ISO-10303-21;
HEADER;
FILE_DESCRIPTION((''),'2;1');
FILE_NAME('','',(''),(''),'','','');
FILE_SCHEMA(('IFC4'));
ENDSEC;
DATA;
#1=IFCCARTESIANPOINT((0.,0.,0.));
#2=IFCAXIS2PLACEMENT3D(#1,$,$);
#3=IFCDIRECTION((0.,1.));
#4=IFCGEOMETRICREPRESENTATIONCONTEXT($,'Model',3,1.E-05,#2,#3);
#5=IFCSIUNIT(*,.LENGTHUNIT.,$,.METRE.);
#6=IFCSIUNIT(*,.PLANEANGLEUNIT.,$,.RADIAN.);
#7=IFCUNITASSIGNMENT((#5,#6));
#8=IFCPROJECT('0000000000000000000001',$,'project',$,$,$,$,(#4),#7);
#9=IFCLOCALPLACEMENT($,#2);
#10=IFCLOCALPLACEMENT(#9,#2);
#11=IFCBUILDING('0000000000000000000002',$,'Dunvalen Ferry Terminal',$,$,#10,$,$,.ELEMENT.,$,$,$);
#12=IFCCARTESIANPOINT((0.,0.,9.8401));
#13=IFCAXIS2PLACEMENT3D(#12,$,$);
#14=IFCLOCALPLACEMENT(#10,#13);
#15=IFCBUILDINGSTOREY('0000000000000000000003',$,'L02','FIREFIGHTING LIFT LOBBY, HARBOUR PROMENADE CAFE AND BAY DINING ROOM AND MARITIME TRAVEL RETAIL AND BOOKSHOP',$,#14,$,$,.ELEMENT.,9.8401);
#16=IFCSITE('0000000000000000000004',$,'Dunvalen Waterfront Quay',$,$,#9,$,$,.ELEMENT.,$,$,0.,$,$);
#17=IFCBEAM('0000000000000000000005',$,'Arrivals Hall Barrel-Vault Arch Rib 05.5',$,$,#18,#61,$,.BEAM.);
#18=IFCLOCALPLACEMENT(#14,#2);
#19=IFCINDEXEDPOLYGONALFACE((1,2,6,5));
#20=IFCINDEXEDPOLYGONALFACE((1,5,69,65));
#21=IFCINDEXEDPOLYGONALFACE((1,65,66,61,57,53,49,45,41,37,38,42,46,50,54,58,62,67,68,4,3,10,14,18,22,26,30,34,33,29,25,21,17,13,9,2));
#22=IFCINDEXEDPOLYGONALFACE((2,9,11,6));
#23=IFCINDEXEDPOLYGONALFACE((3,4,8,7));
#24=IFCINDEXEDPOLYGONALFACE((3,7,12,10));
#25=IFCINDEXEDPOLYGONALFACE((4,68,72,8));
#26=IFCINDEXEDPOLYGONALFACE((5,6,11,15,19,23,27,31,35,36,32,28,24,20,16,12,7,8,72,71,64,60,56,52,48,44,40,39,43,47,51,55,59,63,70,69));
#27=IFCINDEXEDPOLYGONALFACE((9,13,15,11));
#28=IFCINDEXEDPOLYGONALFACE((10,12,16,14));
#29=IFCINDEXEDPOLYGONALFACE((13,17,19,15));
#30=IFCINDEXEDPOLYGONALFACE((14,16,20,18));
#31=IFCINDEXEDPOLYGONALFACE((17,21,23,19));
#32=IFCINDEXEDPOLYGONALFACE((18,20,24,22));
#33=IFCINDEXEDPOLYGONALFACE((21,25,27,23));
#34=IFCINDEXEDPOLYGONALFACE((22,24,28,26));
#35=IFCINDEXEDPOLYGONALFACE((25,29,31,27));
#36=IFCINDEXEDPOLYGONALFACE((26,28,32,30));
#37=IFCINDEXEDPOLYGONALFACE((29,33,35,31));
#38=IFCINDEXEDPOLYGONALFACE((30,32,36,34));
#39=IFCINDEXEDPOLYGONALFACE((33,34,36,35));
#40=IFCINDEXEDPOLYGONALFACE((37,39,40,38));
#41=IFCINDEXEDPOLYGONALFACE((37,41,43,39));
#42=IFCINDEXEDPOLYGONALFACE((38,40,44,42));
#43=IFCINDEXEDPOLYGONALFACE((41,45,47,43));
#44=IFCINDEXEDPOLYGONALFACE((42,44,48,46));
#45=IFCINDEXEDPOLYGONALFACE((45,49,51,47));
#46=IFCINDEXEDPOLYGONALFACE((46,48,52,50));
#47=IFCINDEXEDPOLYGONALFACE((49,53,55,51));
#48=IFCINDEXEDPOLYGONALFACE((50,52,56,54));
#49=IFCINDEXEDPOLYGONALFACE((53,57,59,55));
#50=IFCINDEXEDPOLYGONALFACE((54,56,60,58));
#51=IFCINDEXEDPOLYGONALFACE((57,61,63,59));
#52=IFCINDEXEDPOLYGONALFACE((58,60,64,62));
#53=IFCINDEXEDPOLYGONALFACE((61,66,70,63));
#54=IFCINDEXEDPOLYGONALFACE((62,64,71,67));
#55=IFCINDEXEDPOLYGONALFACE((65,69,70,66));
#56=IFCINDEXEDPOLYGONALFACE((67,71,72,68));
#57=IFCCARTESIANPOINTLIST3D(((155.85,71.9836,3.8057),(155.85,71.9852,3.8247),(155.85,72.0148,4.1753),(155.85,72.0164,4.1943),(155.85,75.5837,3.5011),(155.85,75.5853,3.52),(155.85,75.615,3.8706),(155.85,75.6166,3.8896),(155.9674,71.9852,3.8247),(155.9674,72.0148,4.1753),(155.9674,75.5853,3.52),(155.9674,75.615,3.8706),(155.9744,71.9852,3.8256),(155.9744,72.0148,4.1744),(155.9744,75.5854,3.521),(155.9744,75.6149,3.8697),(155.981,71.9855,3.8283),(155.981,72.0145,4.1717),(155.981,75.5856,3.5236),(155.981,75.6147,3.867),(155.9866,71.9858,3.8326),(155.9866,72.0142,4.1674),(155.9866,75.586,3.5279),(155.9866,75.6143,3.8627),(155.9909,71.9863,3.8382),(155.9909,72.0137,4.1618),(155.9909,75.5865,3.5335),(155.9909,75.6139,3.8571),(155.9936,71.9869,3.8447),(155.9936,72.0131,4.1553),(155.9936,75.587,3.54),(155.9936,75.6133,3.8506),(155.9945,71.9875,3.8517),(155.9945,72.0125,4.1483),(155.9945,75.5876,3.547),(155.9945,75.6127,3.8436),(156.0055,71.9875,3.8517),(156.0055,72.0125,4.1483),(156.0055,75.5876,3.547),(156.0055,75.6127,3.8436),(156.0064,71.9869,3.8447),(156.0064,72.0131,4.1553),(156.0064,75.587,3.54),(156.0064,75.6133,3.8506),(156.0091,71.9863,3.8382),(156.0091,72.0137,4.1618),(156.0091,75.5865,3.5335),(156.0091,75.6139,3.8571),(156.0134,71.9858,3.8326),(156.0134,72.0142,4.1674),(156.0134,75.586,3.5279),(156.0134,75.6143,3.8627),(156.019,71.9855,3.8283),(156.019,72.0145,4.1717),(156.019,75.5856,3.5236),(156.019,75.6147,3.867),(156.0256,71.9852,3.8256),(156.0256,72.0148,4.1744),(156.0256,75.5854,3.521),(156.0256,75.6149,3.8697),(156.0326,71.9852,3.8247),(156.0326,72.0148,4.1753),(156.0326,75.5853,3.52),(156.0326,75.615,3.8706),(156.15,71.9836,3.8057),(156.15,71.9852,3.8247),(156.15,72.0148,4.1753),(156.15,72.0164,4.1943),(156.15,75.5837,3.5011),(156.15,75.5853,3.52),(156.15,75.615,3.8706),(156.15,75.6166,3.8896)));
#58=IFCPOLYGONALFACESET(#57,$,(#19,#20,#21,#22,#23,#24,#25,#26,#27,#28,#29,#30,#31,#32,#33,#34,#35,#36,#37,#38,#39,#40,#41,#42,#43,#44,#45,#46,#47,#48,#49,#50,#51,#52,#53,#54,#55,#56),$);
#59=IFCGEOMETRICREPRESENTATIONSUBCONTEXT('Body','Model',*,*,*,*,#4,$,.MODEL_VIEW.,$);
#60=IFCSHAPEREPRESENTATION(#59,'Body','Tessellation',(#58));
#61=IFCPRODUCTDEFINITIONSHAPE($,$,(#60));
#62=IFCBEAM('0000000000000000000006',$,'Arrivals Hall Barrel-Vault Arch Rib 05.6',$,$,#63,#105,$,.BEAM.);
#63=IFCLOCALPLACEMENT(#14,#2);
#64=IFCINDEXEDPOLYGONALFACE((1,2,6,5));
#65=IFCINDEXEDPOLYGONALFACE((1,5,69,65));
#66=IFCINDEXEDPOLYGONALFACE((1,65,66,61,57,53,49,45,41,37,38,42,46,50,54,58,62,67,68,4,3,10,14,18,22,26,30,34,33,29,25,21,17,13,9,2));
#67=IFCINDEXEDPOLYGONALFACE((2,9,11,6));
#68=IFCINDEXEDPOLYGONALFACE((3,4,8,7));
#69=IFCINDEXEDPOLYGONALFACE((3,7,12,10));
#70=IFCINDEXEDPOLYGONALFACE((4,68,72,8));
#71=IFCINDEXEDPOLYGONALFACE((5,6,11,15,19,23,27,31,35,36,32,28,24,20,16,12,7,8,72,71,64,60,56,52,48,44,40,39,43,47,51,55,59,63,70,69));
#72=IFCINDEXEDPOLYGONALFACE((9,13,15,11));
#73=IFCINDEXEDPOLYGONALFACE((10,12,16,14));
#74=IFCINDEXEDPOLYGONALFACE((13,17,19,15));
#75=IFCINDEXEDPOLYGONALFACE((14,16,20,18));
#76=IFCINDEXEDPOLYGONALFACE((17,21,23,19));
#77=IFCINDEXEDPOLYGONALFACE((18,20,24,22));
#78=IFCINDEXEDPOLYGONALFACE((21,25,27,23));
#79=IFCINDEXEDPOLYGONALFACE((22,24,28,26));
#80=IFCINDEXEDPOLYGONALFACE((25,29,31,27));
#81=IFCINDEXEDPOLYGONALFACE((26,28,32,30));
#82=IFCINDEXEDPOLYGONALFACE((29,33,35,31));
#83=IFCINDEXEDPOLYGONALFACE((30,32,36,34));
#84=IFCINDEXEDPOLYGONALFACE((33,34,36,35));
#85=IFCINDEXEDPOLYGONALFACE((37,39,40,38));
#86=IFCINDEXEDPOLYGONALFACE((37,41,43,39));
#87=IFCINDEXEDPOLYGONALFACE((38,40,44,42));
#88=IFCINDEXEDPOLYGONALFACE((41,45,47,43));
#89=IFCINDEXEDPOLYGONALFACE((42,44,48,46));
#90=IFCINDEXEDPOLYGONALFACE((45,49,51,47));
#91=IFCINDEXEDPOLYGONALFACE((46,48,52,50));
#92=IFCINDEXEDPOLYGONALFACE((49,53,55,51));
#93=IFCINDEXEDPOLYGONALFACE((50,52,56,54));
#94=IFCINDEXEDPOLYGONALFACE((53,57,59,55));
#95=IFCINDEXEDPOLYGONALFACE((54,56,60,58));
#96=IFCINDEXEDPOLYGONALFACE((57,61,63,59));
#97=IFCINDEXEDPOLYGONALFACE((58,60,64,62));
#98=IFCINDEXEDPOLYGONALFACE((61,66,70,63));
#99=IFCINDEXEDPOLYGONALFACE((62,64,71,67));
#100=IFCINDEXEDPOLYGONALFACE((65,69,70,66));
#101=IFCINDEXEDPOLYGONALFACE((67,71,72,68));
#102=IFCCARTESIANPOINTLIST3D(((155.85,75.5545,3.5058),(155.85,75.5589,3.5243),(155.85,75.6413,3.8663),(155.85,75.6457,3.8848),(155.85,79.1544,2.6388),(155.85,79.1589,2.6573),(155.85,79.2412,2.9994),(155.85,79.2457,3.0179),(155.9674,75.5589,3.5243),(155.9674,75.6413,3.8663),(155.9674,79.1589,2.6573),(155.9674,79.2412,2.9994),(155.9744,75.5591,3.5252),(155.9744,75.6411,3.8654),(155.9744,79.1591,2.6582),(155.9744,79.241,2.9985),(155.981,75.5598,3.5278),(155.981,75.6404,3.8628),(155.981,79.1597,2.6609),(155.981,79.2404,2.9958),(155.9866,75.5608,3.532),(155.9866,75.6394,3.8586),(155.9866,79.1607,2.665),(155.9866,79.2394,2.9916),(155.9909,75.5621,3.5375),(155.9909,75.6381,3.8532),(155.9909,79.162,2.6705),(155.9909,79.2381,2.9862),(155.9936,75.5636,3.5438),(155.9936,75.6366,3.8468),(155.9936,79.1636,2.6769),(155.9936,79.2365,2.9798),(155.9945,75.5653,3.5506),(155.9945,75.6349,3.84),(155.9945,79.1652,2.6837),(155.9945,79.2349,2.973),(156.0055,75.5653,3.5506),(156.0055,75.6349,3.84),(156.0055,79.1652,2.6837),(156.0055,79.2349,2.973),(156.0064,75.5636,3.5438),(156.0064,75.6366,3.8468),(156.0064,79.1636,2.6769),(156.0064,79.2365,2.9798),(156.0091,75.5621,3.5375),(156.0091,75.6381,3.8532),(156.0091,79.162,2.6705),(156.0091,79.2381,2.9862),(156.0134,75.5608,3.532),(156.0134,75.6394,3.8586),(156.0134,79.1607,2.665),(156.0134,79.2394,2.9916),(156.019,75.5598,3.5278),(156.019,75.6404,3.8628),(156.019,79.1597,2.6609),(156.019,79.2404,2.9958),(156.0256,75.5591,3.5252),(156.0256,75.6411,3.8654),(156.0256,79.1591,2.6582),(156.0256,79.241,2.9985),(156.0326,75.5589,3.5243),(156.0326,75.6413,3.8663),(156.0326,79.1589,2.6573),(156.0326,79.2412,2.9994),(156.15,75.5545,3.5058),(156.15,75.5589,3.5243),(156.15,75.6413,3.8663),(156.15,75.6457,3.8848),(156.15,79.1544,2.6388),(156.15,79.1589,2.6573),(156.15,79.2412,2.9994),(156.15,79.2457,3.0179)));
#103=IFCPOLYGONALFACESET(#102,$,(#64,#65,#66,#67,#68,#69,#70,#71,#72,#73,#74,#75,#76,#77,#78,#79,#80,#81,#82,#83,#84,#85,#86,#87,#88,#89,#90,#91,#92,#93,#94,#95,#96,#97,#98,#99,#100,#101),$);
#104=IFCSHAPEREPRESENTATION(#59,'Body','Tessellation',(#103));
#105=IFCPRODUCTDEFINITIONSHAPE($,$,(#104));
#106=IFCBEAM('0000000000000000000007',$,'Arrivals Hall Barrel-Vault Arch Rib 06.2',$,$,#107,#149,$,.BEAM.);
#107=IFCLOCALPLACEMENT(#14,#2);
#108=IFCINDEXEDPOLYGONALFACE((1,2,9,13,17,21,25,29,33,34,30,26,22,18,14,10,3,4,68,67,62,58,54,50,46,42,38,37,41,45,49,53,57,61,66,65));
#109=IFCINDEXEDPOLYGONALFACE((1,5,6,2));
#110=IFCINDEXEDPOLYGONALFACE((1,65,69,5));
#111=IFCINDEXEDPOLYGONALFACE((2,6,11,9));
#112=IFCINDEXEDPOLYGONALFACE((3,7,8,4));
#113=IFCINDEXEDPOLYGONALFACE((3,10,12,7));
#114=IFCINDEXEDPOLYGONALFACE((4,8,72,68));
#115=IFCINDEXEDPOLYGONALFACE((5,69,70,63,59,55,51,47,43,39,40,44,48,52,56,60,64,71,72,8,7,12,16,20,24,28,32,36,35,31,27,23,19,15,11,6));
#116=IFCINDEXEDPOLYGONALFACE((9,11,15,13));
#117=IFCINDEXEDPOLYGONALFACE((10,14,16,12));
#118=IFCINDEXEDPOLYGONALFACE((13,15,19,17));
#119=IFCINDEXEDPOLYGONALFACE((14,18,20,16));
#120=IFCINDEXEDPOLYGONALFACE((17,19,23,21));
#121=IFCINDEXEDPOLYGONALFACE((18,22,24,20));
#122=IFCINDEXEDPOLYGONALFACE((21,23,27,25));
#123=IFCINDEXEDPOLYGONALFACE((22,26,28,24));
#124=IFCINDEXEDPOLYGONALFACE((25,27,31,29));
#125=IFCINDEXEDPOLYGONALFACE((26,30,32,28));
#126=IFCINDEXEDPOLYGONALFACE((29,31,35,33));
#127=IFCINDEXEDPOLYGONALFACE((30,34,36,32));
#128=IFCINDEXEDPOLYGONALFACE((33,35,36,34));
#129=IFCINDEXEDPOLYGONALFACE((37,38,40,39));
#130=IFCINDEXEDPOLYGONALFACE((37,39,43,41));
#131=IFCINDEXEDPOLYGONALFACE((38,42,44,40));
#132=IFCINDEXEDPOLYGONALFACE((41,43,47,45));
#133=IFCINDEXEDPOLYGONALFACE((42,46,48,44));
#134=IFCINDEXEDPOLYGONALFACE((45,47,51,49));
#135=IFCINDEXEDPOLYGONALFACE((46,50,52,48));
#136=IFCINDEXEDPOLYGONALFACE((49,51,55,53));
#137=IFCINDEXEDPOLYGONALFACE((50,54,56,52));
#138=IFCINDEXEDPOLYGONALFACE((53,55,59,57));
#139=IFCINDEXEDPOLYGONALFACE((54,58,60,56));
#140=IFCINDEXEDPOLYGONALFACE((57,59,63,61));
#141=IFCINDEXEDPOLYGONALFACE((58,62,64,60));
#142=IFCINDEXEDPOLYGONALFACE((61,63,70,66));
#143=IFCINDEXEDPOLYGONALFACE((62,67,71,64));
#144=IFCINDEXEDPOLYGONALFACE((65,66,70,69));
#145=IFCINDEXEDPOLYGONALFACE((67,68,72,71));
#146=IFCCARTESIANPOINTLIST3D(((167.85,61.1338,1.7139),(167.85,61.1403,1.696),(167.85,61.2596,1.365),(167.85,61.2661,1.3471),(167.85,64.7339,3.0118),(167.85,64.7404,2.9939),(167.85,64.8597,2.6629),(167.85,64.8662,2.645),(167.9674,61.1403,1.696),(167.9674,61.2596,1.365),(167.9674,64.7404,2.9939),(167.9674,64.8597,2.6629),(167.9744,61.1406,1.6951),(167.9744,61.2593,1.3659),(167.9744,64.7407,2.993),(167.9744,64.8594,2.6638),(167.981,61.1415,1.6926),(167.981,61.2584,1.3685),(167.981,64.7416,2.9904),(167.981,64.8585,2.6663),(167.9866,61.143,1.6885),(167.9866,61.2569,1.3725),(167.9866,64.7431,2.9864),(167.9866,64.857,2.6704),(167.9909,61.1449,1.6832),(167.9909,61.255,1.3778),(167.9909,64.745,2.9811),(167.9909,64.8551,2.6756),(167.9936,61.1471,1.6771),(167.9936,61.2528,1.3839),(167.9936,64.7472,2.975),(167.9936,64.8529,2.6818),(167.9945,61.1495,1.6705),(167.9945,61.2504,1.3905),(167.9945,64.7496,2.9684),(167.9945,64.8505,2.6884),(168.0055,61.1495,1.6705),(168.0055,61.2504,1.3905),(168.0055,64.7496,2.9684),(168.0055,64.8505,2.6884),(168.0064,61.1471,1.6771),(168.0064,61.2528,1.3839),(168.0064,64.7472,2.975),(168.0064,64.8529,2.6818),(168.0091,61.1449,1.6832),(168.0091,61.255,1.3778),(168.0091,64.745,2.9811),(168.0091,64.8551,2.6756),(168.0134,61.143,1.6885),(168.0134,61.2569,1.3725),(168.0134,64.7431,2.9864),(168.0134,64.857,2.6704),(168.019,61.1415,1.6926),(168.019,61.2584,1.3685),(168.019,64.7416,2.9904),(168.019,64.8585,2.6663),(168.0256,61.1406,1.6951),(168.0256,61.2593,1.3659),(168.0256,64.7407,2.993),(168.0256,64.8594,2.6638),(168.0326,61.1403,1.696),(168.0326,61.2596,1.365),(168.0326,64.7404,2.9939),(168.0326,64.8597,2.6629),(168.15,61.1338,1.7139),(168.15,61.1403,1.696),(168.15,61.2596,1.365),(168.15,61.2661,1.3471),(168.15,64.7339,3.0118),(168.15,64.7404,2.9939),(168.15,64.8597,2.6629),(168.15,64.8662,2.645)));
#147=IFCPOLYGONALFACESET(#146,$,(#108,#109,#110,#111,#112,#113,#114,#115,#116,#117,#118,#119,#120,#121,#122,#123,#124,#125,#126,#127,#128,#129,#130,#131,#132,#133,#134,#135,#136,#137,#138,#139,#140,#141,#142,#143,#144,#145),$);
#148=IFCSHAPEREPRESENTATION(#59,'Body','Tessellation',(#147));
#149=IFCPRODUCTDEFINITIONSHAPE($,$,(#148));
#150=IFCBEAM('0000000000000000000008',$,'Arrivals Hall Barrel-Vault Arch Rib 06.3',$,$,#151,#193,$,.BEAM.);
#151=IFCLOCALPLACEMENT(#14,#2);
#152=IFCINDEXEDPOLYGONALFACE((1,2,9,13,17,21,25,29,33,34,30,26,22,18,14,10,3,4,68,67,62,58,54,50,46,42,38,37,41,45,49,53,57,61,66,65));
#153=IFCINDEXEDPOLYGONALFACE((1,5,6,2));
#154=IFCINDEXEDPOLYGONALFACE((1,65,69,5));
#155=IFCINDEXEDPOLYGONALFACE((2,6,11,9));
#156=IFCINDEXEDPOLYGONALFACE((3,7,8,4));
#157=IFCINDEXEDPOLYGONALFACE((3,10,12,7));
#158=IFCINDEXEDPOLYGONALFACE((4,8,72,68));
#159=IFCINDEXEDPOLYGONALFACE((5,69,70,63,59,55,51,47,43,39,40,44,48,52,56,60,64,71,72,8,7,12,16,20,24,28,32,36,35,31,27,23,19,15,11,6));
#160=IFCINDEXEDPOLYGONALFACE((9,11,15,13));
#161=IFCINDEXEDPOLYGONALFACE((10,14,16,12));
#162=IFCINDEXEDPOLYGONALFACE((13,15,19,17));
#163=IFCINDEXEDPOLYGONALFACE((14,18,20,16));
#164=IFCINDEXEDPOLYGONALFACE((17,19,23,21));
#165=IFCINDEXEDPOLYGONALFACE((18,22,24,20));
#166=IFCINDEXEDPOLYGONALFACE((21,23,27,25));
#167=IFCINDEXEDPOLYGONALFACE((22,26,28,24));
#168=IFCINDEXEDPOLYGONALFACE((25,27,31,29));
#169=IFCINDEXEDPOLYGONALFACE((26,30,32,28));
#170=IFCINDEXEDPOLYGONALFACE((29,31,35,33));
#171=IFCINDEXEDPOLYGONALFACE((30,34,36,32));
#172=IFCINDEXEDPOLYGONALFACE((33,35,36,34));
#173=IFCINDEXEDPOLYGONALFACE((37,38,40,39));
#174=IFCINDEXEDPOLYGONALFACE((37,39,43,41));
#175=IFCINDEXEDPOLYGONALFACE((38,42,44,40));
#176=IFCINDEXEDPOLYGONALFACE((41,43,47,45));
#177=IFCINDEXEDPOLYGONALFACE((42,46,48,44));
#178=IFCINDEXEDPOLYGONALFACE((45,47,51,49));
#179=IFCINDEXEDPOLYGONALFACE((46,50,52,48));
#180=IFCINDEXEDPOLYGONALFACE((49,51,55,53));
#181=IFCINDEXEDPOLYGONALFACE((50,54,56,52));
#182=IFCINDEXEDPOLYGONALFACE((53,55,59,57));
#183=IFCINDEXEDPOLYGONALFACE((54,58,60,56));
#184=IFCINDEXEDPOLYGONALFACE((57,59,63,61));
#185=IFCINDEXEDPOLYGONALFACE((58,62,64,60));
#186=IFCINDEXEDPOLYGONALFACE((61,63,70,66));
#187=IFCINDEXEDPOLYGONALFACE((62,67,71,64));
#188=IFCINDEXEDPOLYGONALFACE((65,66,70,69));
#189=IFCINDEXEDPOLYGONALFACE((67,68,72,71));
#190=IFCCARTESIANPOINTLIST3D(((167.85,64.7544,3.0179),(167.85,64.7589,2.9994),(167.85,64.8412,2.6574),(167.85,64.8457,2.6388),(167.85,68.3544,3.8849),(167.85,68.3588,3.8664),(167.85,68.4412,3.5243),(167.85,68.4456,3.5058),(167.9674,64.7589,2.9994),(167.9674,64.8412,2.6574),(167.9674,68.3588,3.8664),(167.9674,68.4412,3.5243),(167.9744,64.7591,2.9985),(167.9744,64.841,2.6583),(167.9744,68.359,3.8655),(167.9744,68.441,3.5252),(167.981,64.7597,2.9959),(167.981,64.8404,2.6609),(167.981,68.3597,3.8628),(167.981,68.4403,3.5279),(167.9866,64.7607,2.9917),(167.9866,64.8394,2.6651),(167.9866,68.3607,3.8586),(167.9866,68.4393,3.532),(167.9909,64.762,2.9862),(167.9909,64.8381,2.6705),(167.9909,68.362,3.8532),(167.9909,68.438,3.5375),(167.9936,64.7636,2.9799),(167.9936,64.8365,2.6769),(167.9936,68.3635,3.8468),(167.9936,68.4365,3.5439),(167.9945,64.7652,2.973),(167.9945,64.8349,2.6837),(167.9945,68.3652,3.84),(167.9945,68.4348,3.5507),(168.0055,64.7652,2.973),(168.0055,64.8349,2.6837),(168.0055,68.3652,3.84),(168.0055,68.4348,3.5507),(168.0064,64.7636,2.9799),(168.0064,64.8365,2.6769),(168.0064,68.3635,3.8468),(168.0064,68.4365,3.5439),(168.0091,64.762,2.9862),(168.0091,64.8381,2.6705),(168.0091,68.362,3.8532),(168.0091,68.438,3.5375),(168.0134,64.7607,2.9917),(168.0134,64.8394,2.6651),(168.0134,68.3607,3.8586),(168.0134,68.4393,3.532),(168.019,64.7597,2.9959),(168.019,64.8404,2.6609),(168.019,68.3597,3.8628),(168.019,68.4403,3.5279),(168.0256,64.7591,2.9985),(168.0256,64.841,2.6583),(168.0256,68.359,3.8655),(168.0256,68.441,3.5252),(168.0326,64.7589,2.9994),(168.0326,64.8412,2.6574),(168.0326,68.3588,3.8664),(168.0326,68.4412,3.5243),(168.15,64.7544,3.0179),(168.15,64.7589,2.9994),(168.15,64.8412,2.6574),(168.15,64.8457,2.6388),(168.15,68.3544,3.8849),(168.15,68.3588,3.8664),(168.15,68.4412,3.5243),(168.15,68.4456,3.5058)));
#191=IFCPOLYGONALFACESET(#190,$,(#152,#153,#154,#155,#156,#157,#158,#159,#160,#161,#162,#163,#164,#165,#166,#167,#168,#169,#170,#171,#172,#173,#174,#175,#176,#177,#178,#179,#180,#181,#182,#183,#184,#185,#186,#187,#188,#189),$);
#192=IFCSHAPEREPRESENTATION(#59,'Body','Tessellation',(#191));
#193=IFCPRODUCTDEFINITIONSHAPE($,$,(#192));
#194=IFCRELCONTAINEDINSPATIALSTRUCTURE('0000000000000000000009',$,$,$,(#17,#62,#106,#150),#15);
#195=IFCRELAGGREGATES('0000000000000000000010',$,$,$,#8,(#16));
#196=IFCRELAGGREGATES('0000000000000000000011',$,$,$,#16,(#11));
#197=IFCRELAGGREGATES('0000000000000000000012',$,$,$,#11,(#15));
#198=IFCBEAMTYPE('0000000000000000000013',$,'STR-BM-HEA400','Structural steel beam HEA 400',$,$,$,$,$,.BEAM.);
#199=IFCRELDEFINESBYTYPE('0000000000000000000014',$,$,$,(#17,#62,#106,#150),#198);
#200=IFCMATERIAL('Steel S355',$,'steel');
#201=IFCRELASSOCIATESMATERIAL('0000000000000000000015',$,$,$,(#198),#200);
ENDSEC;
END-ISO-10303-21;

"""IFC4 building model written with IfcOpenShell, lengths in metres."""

from ifc_helpers import new_model, si_unit, direction, frame, origin, origin_2d, place, context, subcontext, project, spatial, i_section, extrude, material, material_profile, profile_set, type_object, element, save


model = new_model("IFC4")

# Units and contexts
model_context = context("Model", 3, precision=1e-05, world=origin(), true_north=direction((0.0, 1.0)))
body_context = subcontext(model_context, "Body", "Model", "MODEL_VIEW")
ifc_project = project(units=[si_unit("LENGTHUNIT", "METRE"), si_unit("PLANEANGLEUNIT", "RADIAN")], contexts=[model_context])

# Site, building, storey
site_placement = place(None, origin())
site = spatial("IfcSite", under=ifc_project, at=site_placement, Name="Dunvalen Waterfront Quay", CompositionType="ELEMENT", RefElevation=0.0)
building_placement = place(site_placement, origin())
building = spatial("IfcBuilding", under=site, at=building_placement, Name="Dunvalen Ferry Terminal", CompositionType="ELEMENT")
storey_placement = place(building_placement, frame((0.0, 0.0, 9.8401)))
storey = spatial("IfcBuildingStorey", under=building, at=storey_placement, Name="L02", Description="FIREFIGHTING LIFT LOBBY, HARBOUR PROMENADE CAFE AND BAY DINING ROOM AND MARITIME TRAVEL RETAIL AND BOOKSHOP", CompositionType="ELEMENT", Elevation=9.8401)

# Beams
ifc_material_1 = material(Name="Steel S355", Category="steel")
ifc_material_profile_1 = material_profile(ifc_material_1, i_section(OverallWidth=0.3, OverallDepth=0.3899, WebThickness=0.011, FlangeThickness=0.019, FilletRadius=0.0271, at=origin_2d()), Name="Steel S355")
ifc_profile_set_1 = profile_set([ifc_material_profile_1], Name="Steel S355")
beam_type = type_object("IfcBeamType", Name="STR-BM-HEA400", Description="Structural steel beam HEA 400", PredefinedType="BEAM", material=ifc_profile_set_1)
beam_1_placement = place(storey_placement, frame((156.0, 72.0, 4.0), z_axis=(0.0, 0.996438, -0.084332), x_axis=(-1.0, 0.0, 0.0)))
element("IfcBeam", 1, at=beam_1_placement, inside=storey, type_object=beam_type, Name="Arrivals Hall Barrel-Vault Arch Rib 05.5", PredefinedType="BEAM", context=body_context, shape_type="SweptSolid", body=[
    extrude(i_section(OverallWidth=0.3, OverallDepth=0.3899, WebThickness=0.011, FlangeThickness=0.019, FilletRadius=0.0271, at=origin_2d()), origin(), (0.0, 0.0, 1.0), 3.613),
])
beam_2_placement = place(storey_placement, frame((156.0, 75.6001, 3.6953), z_axis=(0.0, 0.972204, -0.234133), x_axis=(-1.0, 0.0, 0.0)))
element("IfcBeam", 2, at=beam_2_placement, inside=storey, type_object=beam_type, Name="Arrivals Hall Barrel-Vault Arch Rib 05.6", PredefinedType="BEAM", context=body_context, shape_type="SweptSolid", body=[
    extrude(i_section(OverallWidth=0.3, OverallDepth=0.3899, WebThickness=0.011, FlangeThickness=0.019, FilletRadius=0.0271, at=origin_2d()), origin(), (0.0, 0.0, 1.0), 3.7029),
])
beam_3_placement = place(storey_placement, frame((168.0, 61.2, 1.5305), z_axis=(0.0, 0.940736, 0.33914), x_axis=(-1.0, 0.0, 0.0)))
element("IfcBeam", 3, at=beam_3_placement, inside=storey, type_object=beam_type, Name="Arrivals Hall Barrel-Vault Arch Rib 06.2", PredefinedType="BEAM", context=body_context, shape_type="SweptSolid", body=[
    extrude(i_section(OverallWidth=0.3, OverallDepth=0.3899, WebThickness=0.011, FlangeThickness=0.019, FilletRadius=0.0271, at=origin_2d()), origin(), (0.0, 0.0, 1.0), 3.8269),
])
beam_4_placement = place(storey_placement, frame((168.0, 64.8, 2.8284), z_axis=(0.0, 0.972204, 0.234133), x_axis=(-1.0, 0.0, 0.0)))
element("IfcBeam", 4, at=beam_4_placement, inside=storey, type_object=beam_type, Name="Arrivals Hall Barrel-Vault Arch Rib 06.3", PredefinedType="BEAM", context=body_context, shape_type="SweptSolid", body=[
    extrude(i_section(OverallWidth=0.3, OverallDepth=0.3899, WebThickness=0.011, FlangeThickness=0.019, FilletRadius=0.0271, at=origin_2d()), origin(), (0.0, 0.0, 1.0), 3.7029),
])

save(model, "model.ifc")
